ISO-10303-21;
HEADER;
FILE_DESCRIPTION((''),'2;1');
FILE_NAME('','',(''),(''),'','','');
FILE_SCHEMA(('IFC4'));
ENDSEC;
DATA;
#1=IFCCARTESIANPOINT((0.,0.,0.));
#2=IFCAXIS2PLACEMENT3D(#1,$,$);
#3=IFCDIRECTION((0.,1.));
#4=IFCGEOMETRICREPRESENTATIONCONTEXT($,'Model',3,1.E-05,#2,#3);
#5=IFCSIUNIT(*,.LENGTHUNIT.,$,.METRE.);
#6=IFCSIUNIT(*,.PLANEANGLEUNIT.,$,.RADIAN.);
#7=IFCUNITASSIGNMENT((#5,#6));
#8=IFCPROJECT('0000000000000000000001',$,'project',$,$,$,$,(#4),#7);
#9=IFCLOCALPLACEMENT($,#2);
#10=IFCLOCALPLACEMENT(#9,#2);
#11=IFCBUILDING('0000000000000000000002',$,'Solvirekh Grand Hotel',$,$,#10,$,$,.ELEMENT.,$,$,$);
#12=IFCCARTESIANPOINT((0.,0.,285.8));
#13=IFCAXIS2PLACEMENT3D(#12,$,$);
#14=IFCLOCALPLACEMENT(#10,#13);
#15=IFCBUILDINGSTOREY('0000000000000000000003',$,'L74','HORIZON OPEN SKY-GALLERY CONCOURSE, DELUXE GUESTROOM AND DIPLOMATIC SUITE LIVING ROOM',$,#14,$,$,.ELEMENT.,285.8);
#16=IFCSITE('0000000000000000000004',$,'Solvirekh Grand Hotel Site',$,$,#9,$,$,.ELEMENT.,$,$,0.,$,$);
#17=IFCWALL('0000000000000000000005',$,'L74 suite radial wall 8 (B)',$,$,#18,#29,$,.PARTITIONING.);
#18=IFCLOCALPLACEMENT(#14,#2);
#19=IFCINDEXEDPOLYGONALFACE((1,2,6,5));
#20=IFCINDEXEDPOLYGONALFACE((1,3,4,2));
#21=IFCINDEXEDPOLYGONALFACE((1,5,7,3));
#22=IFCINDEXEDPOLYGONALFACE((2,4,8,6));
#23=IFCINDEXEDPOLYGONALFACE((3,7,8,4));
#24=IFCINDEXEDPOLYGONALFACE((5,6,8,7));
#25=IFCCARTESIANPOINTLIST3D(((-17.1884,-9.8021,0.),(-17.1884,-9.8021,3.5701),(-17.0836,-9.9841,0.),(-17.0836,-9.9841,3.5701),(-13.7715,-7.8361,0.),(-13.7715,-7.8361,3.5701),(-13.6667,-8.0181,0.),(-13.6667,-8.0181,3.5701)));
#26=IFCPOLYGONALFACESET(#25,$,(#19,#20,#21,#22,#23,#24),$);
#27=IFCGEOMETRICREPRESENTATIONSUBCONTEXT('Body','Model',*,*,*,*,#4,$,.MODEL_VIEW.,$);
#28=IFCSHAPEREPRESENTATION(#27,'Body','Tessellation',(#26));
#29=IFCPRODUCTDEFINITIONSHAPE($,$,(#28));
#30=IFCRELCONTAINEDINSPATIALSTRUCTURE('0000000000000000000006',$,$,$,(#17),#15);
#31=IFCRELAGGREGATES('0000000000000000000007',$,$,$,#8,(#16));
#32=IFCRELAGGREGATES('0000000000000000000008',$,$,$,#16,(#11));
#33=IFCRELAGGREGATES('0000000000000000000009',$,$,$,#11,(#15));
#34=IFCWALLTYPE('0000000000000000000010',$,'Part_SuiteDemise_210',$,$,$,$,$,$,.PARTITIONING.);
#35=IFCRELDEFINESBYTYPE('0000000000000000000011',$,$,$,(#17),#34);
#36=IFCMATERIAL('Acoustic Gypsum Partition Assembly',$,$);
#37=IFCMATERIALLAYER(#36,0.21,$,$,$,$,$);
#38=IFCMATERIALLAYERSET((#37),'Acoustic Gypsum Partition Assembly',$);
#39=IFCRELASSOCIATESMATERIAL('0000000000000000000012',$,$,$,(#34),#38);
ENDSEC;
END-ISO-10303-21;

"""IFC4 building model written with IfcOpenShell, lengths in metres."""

from ifc_helpers import new_model, si_unit, direction, frame, frame_2d, origin, place, context, subcontext, project, spatial, rectangle, extrude, material, layer, layer_set, type_object, element, save


model = new_model("IFC4")

# Units and contexts
model_context = context("Model", 3, precision=1e-05, world=origin(), true_north=direction((0.0, 1.0)))
body_context = subcontext(model_context, "Body", "Model", "MODEL_VIEW")
ifc_project = project(units=[si_unit("LENGTHUNIT", "METRE"), si_unit("PLANEANGLEUNIT", "RADIAN")], contexts=[model_context])

# Site, building, storey
site_placement = place(None, origin())
site = spatial("IfcSite", under=ifc_project, at=site_placement, Name="Solvirekh Grand Hotel Site", CompositionType="ELEMENT", RefElevation=0.0)
building_placement = place(site_placement, origin())
building = spatial("IfcBuilding", under=site, at=building_placement, Name="Solvirekh Grand Hotel", CompositionType="ELEMENT")
storey_placement = place(building_placement, frame((0.0, 0.0, 285.8)))
storey = spatial("IfcBuildingStorey", under=building, at=storey_placement, Name="L74", Description="HORIZON OPEN SKY-GALLERY CONCOURSE, DELUXE GUESTROOM AND DIPLOMATIC SUITE LIVING ROOM", CompositionType="ELEMENT", Elevation=285.8)

# Shared definitions
ifc_material_1 = material(Name="Acoustic Gypsum Partition Assembly")

# Wall
ifc_layer_1 = layer(ifc_material_1, 0.21)
ifc_layer_set_1 = layer_set([ifc_layer_1], Name="Acoustic Gypsum Partition Assembly")
wall_type_1 = type_object("IfcWallType", Name="Part_SuiteDemise_210", PredefinedType="PARTITIONING", material=ifc_layer_set_1)
wall_1_placement = place(storey_placement, frame((-13.719, -7.927, 0.0), z_axis=(0.0, 0.0, 1.0), x_axis=(-0.866764, -0.498718, 0.0)))
element("IfcWall", 1, at=wall_1_placement, inside=storey, type_object=wall_type_1, Name="L74 suite radial wall 8 (B)", PredefinedType="PARTITIONING", context=body_context, shape_type="SweptSolid", body=[
    extrude(rectangle(XDim=3.9421, YDim=0.21, at=frame_2d((1.9712, 0.0))), origin(), (0.0, 0.0, 1.0), 3.5701),
])

save(model, "model.ifc")
